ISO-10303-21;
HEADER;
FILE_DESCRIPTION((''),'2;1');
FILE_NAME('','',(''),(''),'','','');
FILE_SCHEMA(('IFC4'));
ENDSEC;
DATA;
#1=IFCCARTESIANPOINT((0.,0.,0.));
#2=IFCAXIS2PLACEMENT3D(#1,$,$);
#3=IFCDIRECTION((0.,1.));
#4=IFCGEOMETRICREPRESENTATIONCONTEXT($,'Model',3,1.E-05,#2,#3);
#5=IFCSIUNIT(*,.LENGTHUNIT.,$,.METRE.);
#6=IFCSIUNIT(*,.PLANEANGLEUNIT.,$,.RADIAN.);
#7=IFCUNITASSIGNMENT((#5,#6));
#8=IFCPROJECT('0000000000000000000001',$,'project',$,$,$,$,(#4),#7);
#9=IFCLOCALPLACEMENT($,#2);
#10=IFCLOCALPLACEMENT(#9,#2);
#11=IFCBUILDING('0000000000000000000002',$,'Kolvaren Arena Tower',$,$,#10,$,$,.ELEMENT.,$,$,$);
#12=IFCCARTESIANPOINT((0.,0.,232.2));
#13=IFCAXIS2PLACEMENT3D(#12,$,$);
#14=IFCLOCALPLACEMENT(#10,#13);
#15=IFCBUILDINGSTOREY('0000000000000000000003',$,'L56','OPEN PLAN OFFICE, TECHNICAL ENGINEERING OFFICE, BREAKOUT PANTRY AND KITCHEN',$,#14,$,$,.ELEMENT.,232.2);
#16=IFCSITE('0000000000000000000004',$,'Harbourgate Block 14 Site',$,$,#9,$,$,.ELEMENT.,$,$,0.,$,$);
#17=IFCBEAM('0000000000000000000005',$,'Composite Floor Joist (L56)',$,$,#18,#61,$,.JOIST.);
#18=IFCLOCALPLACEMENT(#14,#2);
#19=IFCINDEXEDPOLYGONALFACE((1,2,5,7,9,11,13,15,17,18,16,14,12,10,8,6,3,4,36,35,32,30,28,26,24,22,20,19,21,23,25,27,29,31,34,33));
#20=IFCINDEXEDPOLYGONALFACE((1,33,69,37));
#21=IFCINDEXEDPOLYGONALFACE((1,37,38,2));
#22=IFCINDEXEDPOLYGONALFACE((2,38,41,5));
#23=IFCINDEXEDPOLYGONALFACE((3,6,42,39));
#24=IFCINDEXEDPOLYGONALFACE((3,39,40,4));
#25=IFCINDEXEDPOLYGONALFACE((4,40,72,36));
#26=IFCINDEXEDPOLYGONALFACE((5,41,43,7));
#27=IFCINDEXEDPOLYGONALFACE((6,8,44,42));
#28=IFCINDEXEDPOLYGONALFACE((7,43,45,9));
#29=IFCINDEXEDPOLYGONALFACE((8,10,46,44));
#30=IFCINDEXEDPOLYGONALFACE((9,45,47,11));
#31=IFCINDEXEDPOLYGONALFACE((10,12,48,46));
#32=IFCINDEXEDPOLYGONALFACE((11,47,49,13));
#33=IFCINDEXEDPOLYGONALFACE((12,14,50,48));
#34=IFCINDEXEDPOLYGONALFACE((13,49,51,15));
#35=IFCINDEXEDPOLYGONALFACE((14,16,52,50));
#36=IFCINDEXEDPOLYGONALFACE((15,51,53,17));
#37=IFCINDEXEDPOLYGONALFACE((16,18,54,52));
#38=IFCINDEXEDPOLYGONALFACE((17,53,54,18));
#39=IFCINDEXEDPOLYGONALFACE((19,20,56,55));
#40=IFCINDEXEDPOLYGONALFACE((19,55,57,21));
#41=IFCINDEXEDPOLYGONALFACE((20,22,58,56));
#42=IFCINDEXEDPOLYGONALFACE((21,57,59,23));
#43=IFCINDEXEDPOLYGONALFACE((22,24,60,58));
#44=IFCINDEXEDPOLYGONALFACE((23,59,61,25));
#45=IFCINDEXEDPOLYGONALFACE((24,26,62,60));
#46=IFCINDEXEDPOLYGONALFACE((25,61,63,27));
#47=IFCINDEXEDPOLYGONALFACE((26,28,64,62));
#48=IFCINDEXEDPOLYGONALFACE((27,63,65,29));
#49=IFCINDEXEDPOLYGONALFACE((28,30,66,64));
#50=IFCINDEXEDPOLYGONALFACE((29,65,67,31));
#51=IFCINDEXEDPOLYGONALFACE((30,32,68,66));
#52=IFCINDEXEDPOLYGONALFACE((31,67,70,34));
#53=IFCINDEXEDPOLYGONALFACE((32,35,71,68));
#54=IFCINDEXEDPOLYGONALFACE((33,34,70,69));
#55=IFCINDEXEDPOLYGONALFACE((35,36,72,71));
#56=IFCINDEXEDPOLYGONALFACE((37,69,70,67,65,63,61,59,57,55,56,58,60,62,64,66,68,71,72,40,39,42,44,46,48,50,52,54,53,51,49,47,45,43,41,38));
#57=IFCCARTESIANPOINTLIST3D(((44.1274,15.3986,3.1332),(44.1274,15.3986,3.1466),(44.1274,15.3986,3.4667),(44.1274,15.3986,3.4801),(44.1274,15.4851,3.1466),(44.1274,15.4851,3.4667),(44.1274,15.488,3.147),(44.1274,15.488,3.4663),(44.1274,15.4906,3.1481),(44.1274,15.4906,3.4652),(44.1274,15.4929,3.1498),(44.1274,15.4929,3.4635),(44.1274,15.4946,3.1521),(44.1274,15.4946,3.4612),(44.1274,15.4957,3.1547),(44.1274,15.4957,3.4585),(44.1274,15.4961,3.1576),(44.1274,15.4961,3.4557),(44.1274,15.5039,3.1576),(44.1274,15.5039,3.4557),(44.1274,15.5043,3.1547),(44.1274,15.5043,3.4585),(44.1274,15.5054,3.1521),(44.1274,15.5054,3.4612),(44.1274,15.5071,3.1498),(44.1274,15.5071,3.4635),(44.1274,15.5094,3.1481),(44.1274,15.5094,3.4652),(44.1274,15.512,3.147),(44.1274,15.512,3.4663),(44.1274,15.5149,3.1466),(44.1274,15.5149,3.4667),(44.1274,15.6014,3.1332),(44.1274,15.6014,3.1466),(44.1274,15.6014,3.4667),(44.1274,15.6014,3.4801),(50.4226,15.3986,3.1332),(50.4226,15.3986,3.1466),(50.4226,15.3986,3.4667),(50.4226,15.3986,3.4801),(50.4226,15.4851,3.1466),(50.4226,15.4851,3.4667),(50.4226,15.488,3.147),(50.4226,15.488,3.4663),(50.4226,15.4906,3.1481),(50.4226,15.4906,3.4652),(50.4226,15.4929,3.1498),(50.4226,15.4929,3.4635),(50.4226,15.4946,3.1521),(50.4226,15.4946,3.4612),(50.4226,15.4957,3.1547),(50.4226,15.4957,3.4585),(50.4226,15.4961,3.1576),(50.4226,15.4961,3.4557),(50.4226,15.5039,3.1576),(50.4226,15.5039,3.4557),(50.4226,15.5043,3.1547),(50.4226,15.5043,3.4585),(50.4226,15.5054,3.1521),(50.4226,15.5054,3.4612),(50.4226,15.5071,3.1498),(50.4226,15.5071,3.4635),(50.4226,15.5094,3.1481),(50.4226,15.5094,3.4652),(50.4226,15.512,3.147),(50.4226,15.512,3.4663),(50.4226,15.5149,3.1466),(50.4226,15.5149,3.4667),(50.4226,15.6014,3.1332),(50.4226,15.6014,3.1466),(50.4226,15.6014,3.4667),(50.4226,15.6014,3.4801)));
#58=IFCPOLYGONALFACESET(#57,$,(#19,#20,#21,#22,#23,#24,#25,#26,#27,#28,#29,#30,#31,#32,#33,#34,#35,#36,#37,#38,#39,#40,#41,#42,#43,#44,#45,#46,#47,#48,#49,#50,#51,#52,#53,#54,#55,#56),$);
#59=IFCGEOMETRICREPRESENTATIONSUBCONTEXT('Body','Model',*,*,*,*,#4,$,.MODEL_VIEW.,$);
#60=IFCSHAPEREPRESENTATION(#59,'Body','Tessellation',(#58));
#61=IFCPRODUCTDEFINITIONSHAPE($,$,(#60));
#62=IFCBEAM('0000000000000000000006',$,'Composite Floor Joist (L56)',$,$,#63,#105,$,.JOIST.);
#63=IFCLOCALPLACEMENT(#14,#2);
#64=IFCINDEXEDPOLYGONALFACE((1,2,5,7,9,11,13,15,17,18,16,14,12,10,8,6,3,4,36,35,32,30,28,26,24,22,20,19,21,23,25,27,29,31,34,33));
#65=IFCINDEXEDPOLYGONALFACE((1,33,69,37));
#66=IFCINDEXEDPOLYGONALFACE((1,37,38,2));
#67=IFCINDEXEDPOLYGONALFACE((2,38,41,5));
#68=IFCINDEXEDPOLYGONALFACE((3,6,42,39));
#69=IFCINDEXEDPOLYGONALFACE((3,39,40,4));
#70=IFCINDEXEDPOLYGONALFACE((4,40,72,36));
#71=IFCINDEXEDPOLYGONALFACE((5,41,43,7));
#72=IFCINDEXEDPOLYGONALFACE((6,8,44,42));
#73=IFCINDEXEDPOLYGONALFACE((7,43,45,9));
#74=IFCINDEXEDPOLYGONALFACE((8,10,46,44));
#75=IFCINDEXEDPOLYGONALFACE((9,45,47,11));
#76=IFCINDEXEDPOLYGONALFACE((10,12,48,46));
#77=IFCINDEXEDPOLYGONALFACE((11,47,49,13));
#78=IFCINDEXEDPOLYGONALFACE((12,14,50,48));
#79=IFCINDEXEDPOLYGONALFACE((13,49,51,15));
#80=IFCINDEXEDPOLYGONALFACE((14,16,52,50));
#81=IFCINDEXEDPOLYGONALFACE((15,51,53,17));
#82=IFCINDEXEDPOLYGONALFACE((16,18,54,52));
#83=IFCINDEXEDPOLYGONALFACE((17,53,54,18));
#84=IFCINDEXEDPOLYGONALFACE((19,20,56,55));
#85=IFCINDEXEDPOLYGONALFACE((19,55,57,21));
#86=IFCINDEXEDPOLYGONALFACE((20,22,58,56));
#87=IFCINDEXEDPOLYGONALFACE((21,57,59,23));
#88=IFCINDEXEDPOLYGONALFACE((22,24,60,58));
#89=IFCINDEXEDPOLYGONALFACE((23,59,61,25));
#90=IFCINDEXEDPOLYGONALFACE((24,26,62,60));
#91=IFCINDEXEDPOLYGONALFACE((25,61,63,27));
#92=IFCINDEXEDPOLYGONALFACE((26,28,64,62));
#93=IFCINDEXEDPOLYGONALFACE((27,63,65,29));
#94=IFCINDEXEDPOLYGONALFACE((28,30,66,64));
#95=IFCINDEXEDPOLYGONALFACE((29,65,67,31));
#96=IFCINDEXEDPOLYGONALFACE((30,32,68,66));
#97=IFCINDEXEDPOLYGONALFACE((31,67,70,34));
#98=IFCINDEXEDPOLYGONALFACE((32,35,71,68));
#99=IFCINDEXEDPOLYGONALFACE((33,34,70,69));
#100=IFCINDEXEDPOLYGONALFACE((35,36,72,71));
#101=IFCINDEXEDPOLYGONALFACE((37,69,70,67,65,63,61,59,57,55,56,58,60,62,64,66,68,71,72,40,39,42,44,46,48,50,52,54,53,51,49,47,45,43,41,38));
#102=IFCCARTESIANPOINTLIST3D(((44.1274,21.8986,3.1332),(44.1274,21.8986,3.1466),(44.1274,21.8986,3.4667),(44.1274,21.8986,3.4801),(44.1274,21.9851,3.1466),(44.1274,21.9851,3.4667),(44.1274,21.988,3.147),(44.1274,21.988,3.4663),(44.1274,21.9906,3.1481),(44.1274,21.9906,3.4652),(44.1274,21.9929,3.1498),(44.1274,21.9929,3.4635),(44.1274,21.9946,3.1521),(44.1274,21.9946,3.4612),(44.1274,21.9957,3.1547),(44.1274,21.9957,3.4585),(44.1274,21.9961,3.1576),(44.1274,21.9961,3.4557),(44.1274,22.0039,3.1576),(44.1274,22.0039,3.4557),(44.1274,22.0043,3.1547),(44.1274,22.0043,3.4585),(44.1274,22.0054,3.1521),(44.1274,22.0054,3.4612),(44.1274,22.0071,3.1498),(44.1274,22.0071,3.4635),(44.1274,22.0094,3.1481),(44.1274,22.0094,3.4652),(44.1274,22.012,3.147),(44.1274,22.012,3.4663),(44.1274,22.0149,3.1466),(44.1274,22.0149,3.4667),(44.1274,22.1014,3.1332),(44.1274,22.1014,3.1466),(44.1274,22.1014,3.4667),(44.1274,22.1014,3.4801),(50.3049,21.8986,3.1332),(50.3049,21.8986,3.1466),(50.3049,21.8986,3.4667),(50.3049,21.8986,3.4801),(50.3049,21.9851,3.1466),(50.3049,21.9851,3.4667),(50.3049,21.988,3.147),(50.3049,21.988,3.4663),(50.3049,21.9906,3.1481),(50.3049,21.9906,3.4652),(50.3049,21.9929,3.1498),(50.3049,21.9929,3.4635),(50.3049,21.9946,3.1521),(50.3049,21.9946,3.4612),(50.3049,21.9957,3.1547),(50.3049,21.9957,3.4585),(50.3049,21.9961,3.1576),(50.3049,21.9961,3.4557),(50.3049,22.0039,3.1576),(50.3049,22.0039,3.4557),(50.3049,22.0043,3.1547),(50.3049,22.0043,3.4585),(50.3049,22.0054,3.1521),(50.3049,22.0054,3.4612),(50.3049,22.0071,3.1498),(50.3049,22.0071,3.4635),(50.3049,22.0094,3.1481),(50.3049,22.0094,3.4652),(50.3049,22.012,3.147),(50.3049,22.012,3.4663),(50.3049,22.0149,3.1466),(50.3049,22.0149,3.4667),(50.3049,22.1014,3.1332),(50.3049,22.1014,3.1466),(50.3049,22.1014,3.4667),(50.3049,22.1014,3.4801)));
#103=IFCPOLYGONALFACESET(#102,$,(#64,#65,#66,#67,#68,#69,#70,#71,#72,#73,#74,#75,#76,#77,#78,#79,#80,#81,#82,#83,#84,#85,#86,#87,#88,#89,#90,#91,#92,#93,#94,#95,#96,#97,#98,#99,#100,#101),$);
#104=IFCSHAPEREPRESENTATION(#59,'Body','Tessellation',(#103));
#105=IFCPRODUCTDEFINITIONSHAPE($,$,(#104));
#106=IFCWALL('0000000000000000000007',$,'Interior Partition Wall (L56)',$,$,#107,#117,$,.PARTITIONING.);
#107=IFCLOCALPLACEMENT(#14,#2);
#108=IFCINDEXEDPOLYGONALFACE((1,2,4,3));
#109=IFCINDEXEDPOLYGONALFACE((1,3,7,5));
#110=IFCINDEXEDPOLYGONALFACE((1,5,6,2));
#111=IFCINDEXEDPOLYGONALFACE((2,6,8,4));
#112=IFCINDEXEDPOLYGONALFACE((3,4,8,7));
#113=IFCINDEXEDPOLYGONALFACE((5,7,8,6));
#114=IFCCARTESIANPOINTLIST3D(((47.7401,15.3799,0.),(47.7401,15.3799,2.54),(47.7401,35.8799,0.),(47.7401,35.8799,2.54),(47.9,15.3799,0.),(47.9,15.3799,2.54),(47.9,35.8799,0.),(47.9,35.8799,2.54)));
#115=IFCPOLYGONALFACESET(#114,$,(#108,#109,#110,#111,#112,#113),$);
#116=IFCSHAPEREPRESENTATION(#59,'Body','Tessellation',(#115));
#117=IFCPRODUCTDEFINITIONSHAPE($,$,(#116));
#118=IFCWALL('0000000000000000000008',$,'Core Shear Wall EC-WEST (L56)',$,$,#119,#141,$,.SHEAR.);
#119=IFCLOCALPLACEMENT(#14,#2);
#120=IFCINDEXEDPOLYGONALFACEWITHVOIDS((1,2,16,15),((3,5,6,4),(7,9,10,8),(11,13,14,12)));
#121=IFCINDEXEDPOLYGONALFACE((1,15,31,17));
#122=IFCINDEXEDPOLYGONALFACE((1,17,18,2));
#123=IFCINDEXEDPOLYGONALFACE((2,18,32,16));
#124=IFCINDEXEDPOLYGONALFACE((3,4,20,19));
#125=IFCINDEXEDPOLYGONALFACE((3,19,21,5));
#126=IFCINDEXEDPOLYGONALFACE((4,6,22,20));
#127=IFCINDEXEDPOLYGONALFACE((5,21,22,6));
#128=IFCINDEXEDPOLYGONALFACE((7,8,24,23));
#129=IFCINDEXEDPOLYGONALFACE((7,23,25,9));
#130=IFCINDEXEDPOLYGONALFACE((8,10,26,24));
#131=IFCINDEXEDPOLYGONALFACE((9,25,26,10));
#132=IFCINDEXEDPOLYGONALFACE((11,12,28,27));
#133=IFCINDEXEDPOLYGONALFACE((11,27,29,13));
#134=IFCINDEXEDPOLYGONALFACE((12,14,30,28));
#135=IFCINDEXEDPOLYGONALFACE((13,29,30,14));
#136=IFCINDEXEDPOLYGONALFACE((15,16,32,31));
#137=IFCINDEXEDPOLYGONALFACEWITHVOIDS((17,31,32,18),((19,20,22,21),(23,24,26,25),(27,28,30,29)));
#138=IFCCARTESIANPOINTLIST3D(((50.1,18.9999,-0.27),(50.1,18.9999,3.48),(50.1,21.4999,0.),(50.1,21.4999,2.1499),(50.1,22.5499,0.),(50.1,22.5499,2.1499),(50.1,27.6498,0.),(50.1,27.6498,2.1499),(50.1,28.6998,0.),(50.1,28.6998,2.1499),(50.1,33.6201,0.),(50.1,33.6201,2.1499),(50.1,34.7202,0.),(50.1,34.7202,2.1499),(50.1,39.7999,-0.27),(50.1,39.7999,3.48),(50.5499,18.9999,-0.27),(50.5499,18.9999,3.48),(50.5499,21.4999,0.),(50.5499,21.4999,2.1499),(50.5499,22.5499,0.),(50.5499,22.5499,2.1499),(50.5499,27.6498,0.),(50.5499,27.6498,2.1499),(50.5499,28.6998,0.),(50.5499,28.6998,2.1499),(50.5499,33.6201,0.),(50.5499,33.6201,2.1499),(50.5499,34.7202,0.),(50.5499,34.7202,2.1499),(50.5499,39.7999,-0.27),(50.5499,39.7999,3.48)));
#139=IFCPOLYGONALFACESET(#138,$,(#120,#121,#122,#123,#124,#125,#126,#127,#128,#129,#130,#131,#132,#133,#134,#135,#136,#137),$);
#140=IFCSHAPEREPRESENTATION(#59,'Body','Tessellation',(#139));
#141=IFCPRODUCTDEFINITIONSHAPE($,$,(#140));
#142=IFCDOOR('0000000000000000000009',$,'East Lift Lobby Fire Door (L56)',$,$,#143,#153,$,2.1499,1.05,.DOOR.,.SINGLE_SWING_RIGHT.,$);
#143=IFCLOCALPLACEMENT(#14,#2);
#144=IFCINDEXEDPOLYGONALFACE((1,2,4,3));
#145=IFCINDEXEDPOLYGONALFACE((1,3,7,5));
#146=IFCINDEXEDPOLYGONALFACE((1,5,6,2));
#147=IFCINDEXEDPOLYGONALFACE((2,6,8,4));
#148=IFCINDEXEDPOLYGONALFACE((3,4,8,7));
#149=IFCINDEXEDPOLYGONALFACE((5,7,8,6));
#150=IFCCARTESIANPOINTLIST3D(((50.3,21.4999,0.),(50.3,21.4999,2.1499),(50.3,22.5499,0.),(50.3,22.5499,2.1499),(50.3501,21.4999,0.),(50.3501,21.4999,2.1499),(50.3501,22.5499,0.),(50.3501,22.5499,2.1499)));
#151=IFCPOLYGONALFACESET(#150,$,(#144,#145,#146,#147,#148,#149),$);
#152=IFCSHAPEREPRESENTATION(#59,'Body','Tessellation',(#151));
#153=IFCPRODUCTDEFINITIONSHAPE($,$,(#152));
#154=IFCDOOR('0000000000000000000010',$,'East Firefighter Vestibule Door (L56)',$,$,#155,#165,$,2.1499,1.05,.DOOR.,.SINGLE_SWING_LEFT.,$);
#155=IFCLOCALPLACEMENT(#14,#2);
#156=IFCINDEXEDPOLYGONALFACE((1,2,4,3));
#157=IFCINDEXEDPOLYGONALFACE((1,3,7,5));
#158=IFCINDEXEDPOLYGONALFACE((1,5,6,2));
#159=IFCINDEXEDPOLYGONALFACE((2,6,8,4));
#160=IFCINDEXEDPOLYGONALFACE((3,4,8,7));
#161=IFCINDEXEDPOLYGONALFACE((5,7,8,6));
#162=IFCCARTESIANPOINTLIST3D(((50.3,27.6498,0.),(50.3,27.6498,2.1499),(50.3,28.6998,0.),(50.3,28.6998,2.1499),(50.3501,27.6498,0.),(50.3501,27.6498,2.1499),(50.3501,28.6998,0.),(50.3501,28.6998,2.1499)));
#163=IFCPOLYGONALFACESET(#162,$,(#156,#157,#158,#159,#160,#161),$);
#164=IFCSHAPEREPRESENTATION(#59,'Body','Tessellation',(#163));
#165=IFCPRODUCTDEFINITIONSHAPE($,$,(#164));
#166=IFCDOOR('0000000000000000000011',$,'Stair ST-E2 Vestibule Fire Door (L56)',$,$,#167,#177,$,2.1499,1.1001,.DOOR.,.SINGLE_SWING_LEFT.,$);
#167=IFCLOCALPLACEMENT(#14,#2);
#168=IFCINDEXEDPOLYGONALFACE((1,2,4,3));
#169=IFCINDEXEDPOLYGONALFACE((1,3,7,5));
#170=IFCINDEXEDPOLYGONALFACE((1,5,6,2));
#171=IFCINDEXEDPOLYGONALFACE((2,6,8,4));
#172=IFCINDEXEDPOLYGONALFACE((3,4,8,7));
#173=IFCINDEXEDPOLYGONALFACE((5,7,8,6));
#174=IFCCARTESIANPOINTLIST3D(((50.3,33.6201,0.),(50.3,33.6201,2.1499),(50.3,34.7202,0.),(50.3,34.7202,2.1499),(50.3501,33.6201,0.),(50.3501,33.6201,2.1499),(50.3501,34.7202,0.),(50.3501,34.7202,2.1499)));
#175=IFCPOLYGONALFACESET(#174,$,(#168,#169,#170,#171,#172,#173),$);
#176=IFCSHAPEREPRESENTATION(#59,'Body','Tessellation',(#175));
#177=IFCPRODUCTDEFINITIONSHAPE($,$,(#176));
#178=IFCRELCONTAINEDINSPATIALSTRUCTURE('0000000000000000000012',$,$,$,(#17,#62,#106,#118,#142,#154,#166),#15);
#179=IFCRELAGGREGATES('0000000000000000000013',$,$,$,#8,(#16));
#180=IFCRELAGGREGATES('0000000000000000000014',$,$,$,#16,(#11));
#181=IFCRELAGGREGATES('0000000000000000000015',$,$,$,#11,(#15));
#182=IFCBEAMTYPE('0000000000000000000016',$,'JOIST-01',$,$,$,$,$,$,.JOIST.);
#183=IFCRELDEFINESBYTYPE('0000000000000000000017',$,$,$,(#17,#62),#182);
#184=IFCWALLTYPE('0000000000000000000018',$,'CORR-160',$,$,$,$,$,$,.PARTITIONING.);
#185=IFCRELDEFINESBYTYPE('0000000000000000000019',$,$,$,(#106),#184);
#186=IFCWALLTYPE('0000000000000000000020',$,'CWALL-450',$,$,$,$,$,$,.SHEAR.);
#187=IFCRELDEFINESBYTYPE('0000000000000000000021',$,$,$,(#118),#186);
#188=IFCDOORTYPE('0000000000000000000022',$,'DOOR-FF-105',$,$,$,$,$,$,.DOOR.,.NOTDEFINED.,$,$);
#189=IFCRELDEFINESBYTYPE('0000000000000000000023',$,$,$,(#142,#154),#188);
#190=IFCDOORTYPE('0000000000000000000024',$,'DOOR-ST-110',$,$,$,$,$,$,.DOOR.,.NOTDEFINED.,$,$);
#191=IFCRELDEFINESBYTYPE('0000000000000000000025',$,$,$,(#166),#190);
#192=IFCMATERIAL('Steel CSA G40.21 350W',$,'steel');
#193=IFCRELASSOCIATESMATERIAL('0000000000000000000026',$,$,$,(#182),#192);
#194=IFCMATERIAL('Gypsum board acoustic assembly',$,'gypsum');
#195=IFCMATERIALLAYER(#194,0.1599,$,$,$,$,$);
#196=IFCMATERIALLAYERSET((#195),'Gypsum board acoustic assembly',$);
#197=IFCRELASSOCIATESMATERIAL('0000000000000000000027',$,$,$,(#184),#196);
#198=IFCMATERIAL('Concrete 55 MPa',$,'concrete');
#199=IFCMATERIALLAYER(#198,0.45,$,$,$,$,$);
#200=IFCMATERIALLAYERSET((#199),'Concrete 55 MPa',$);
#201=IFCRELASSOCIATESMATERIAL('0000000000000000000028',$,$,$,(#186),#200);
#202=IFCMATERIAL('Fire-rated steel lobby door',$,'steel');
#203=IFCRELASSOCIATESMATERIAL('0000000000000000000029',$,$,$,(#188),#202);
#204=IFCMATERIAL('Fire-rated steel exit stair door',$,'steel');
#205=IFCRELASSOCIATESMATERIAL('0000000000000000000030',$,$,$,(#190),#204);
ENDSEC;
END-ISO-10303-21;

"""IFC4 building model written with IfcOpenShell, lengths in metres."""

from ifc_helpers import new_model, si_unit, direction, frame, frame_2d, origin, origin_2d, place, context, subcontext, project, spatial, rectangle, i_section, extrude, material, layer, layer_set, material_profile, profile_set, type_object, element, fill, save


model = new_model("IFC4")

# Units and contexts
model_context = context("Model", 3, precision=1e-05, world=origin(), true_north=direction((0.0, 1.0)))
body_context = subcontext(model_context, "Body", "Model", "MODEL_VIEW")
ifc_project = project(units=[si_unit("LENGTHUNIT", "METRE"), si_unit("PLANEANGLEUNIT", "RADIAN")], contexts=[model_context])

# Site, building, storey
site_placement = place(None, origin())
site = spatial("IfcSite", under=ifc_project, at=site_placement, Name="Harbourgate Block 14 Site", CompositionType="ELEMENT", RefElevation=0.0)
building_placement = place(site_placement, origin())
building = spatial("IfcBuilding", under=site, at=building_placement, Name="Kolvaren Arena Tower", CompositionType="ELEMENT")
storey_placement = place(building_placement, frame((0.0, 0.0, 232.2)))
storey = spatial("IfcBuildingStorey", under=building, at=storey_placement, Name="L56", Description="OPEN PLAN OFFICE, TECHNICAL ENGINEERING OFFICE, BREAKOUT PANTRY AND KITCHEN", CompositionType="ELEMENT", Elevation=232.2)

# Beams
ifc_material_1 = material(Name="Steel CSA G40.21 350W", Category="steel")
ifc_material_profile_1 = material_profile(ifc_material_1, i_section(OverallWidth=0.2029, OverallDepth=0.3469, WebThickness=0.0078, FlangeThickness=0.0134, FilletRadius=0.011, at=origin_2d()), Name="W360x64")
ifc_profile_set_1 = profile_set([ifc_material_profile_1], Name="Steel CSA G40.21 350W")
beam_type_1 = type_object("IfcBeamType", Name="JOIST-01", PredefinedType="JOIST", material=ifc_profile_set_1)
beam_1_placement = place(storey_placement, frame((44.1274, 15.5, 3.3066), z_axis=(1.0, 0.0, 0.0), x_axis=(0.0, 1.0, 0.0)))
element("IfcBeam", 1, at=beam_1_placement, inside=storey, type_object=beam_type_1, Name="Composite Floor Joist (L56)", PredefinedType="JOIST", context=body_context, shape_type="SweptSolid", body=[
    extrude(i_section(OverallWidth=0.2029, OverallDepth=0.3469, WebThickness=0.0078, FlangeThickness=0.0134, FilletRadius=0.011, at=origin_2d()), origin(), (0.0, 0.0, 1.0), 6.2952),
])
beam_2_placement = place(storey_placement, frame((44.1274, 22.0, 3.3066), z_axis=(1.0, 0.0, 0.0), x_axis=(0.0, 1.0, 0.0)))
element("IfcBeam", 2, at=beam_2_placement, inside=storey, type_object=beam_type_1, Name="Composite Floor Joist (L56)", PredefinedType="JOIST", context=body_context, shape_type="SweptSolid", body=[
    extrude(i_section(OverallWidth=0.2029, OverallDepth=0.3469, WebThickness=0.0078, FlangeThickness=0.0134, FilletRadius=0.011, at=origin_2d()), origin(), (0.0, 0.0, 1.0), 6.1775),
])

# Wall
ifc_material_2 = material(Name="Gypsum board acoustic assembly", Category="gypsum")
ifc_layer_1 = layer(ifc_material_2, 0.1599)
ifc_layer_set_1 = layer_set([ifc_layer_1], Name="Gypsum board acoustic assembly")
wall_type_1 = type_object("IfcWallType", Name="CORR-160", PredefinedType="PARTITIONING", material=ifc_layer_set_1)
wall_1_placement = place(storey_placement, frame((47.8201, 15.3799, 0.0), z_axis=(0.0, 0.0, 1.0), x_axis=(0.0, 1.0, 0.0)))
element("IfcWall", 3, at=wall_1_placement, inside=storey, type_object=wall_type_1, Name="Interior Partition Wall (L56)", PredefinedType="PARTITIONING", context=body_context, shape_type="SweptSolid", body=[
    extrude(rectangle(XDim=20.5, YDim=0.1599, at=frame_2d((10.25, 0.0))), origin(), (0.0, 0.0, 1.0), 2.54),
])

# Wall, openings, doors
ifc_material_3 = material(Name="Concrete 55 MPa", Category="concrete")
ifc_layer_2 = layer(ifc_material_3, 0.45)
ifc_layer_set_2 = layer_set([ifc_layer_2], Name="Concrete 55 MPa")
wall_type_2 = type_object("IfcWallType", Name="CWALL-450", PredefinedType="SHEAR", material=ifc_layer_set_2)
wall_2_placement = place(storey_placement, frame((50.325, 19.0, -0.27), z_axis=(0.0, 0.0, 1.0), x_axis=(0.0, 1.0, 0.0)))
wall_2 = element("IfcWall", 4, at=wall_2_placement, inside=storey, type_object=wall_type_2, Name="Core Shear Wall EC-WEST (L56)", PredefinedType="SHEAR", context=body_context, shape_type="SweptSolid", body=[
    extrude(rectangle(XDim=20.8, YDim=0.45, at=frame_2d((10.3999, 0.0))), origin(), (0.0, 0.0, 1.0), 3.75),
])
opening_1_placement = place(wall_2_placement, frame((2.5, 0.0, 0.27)))
opening_1 = element("IfcOpeningElement", 5, at=opening_1_placement, cuts=wall_2, PredefinedType="OPENING", context=body_context, shape_type="SweptSolid", body=[
    extrude(rectangle(XDim=1.05, YDim=2.1499, at=frame_2d((0.5249, 1.075))), frame((0.0, 0.2349, 0.0), z_axis=(0.0, -1.0, 0.0), x_axis=(1.0, 0.0, 0.0)), (0.0, 0.0, 1.0), 0.47),
])
opening_2_placement = place(wall_2_placement, frame((8.6499, 0.0, 0.27)))
opening_2 = element("IfcOpeningElement", 6, at=opening_2_placement, cuts=wall_2, PredefinedType="OPENING", context=body_context, shape_type="SweptSolid", body=[
    extrude(rectangle(XDim=1.05, YDim=2.1499, at=frame_2d((0.5249, 1.075))), frame((0.0, 0.2349, 0.0), z_axis=(0.0, -1.0, 0.0), x_axis=(1.0, 0.0, 0.0)), (0.0, 0.0, 1.0), 0.47),
])
opening_3_placement = place(wall_2_placement, frame((14.6201, 0.0, 0.27)))
opening_3 = element("IfcOpeningElement", 7, at=opening_3_placement, cuts=wall_2, PredefinedType="OPENING", context=body_context, shape_type="SweptSolid", body=[
    extrude(rectangle(XDim=1.1001, YDim=2.1499, at=frame_2d((0.55, 1.075))), frame((0.0, 0.2349, 0.0), z_axis=(0.0, -1.0, 0.0), x_axis=(1.0, 0.0, 0.0)), (0.0, 0.0, 1.0), 0.47),
])
ifc_material_4 = material(Name="Fire-rated steel lobby door", Category="steel")
door_type_1 = type_object("IfcDoorType", Name="DOOR-FF-105", OperationType="NOTDEFINED", PredefinedType="DOOR", material=ifc_material_4)
door_1_placement = place(opening_1_placement, origin())
door_1 = element("IfcDoor", 8, at=door_1_placement, inside=storey, type_object=door_type_1, Name="East Lift Lobby Fire Door (L56)", OperationType="SINGLE_SWING_RIGHT", OverallHeight=2.1499, OverallWidth=1.05, PredefinedType="DOOR", context=body_context, shape_type="SweptSolid", body=[
    extrude(rectangle(XDim=1.05, YDim=2.1499, at=frame_2d((0.5249, 1.075))), frame((0.0, 0.0249, 0.0), z_axis=(0.0, -1.0, 0.0), x_axis=(1.0, 0.0, 0.0)), (0.0, 0.0, 1.0), 0.05),
])
fill(opening_1, door_1)
door_2_placement = place(opening_2_placement, origin())
door_2 = element("IfcDoor", 9, at=door_2_placement, inside=storey, type_object=door_type_1, Name="East Firefighter Vestibule Door (L56)", OperationType="SINGLE_SWING_LEFT", OverallHeight=2.1499, OverallWidth=1.05, PredefinedType="DOOR", context=body_context, shape_type="SweptSolid", body=[
    extrude(rectangle(XDim=1.05, YDim=2.1499, at=frame_2d((0.5249, 1.075))), frame((0.0, 0.0249, 0.0), z_axis=(0.0, -1.0, 0.0), x_axis=(1.0, 0.0, 0.0)), (0.0, 0.0, 1.0), 0.05),
])
fill(opening_2, door_2)
ifc_material_5 = material(Name="Fire-rated steel exit stair door", Category="steel")
door_type_2 = type_object("IfcDoorType", Name="DOOR-ST-110", OperationType="NOTDEFINED", PredefinedType="DOOR", material=ifc_material_5)
door_3_placement = place(opening_3_placement, origin())
door_3 = element("IfcDoor", 10, at=door_3_placement, inside=storey, type_object=door_type_2, Name="Stair ST-E2 Vestibule Fire Door (L56)", OperationType="SINGLE_SWING_LEFT", OverallHeight=2.1499, OverallWidth=1.1001, PredefinedType="DOOR", context=body_context, shape_type="SweptSolid", body=[
    extrude(rectangle(XDim=1.1001, YDim=2.1499, at=frame_2d((0.55, 1.075))), frame((0.0, 0.0249, 0.0), z_axis=(0.0, -1.0, 0.0), x_axis=(1.0, 0.0, 0.0)), (0.0, 0.0, 1.0), 0.05),
])
fill(opening_3, door_3)

save(model, "model.ifc")
